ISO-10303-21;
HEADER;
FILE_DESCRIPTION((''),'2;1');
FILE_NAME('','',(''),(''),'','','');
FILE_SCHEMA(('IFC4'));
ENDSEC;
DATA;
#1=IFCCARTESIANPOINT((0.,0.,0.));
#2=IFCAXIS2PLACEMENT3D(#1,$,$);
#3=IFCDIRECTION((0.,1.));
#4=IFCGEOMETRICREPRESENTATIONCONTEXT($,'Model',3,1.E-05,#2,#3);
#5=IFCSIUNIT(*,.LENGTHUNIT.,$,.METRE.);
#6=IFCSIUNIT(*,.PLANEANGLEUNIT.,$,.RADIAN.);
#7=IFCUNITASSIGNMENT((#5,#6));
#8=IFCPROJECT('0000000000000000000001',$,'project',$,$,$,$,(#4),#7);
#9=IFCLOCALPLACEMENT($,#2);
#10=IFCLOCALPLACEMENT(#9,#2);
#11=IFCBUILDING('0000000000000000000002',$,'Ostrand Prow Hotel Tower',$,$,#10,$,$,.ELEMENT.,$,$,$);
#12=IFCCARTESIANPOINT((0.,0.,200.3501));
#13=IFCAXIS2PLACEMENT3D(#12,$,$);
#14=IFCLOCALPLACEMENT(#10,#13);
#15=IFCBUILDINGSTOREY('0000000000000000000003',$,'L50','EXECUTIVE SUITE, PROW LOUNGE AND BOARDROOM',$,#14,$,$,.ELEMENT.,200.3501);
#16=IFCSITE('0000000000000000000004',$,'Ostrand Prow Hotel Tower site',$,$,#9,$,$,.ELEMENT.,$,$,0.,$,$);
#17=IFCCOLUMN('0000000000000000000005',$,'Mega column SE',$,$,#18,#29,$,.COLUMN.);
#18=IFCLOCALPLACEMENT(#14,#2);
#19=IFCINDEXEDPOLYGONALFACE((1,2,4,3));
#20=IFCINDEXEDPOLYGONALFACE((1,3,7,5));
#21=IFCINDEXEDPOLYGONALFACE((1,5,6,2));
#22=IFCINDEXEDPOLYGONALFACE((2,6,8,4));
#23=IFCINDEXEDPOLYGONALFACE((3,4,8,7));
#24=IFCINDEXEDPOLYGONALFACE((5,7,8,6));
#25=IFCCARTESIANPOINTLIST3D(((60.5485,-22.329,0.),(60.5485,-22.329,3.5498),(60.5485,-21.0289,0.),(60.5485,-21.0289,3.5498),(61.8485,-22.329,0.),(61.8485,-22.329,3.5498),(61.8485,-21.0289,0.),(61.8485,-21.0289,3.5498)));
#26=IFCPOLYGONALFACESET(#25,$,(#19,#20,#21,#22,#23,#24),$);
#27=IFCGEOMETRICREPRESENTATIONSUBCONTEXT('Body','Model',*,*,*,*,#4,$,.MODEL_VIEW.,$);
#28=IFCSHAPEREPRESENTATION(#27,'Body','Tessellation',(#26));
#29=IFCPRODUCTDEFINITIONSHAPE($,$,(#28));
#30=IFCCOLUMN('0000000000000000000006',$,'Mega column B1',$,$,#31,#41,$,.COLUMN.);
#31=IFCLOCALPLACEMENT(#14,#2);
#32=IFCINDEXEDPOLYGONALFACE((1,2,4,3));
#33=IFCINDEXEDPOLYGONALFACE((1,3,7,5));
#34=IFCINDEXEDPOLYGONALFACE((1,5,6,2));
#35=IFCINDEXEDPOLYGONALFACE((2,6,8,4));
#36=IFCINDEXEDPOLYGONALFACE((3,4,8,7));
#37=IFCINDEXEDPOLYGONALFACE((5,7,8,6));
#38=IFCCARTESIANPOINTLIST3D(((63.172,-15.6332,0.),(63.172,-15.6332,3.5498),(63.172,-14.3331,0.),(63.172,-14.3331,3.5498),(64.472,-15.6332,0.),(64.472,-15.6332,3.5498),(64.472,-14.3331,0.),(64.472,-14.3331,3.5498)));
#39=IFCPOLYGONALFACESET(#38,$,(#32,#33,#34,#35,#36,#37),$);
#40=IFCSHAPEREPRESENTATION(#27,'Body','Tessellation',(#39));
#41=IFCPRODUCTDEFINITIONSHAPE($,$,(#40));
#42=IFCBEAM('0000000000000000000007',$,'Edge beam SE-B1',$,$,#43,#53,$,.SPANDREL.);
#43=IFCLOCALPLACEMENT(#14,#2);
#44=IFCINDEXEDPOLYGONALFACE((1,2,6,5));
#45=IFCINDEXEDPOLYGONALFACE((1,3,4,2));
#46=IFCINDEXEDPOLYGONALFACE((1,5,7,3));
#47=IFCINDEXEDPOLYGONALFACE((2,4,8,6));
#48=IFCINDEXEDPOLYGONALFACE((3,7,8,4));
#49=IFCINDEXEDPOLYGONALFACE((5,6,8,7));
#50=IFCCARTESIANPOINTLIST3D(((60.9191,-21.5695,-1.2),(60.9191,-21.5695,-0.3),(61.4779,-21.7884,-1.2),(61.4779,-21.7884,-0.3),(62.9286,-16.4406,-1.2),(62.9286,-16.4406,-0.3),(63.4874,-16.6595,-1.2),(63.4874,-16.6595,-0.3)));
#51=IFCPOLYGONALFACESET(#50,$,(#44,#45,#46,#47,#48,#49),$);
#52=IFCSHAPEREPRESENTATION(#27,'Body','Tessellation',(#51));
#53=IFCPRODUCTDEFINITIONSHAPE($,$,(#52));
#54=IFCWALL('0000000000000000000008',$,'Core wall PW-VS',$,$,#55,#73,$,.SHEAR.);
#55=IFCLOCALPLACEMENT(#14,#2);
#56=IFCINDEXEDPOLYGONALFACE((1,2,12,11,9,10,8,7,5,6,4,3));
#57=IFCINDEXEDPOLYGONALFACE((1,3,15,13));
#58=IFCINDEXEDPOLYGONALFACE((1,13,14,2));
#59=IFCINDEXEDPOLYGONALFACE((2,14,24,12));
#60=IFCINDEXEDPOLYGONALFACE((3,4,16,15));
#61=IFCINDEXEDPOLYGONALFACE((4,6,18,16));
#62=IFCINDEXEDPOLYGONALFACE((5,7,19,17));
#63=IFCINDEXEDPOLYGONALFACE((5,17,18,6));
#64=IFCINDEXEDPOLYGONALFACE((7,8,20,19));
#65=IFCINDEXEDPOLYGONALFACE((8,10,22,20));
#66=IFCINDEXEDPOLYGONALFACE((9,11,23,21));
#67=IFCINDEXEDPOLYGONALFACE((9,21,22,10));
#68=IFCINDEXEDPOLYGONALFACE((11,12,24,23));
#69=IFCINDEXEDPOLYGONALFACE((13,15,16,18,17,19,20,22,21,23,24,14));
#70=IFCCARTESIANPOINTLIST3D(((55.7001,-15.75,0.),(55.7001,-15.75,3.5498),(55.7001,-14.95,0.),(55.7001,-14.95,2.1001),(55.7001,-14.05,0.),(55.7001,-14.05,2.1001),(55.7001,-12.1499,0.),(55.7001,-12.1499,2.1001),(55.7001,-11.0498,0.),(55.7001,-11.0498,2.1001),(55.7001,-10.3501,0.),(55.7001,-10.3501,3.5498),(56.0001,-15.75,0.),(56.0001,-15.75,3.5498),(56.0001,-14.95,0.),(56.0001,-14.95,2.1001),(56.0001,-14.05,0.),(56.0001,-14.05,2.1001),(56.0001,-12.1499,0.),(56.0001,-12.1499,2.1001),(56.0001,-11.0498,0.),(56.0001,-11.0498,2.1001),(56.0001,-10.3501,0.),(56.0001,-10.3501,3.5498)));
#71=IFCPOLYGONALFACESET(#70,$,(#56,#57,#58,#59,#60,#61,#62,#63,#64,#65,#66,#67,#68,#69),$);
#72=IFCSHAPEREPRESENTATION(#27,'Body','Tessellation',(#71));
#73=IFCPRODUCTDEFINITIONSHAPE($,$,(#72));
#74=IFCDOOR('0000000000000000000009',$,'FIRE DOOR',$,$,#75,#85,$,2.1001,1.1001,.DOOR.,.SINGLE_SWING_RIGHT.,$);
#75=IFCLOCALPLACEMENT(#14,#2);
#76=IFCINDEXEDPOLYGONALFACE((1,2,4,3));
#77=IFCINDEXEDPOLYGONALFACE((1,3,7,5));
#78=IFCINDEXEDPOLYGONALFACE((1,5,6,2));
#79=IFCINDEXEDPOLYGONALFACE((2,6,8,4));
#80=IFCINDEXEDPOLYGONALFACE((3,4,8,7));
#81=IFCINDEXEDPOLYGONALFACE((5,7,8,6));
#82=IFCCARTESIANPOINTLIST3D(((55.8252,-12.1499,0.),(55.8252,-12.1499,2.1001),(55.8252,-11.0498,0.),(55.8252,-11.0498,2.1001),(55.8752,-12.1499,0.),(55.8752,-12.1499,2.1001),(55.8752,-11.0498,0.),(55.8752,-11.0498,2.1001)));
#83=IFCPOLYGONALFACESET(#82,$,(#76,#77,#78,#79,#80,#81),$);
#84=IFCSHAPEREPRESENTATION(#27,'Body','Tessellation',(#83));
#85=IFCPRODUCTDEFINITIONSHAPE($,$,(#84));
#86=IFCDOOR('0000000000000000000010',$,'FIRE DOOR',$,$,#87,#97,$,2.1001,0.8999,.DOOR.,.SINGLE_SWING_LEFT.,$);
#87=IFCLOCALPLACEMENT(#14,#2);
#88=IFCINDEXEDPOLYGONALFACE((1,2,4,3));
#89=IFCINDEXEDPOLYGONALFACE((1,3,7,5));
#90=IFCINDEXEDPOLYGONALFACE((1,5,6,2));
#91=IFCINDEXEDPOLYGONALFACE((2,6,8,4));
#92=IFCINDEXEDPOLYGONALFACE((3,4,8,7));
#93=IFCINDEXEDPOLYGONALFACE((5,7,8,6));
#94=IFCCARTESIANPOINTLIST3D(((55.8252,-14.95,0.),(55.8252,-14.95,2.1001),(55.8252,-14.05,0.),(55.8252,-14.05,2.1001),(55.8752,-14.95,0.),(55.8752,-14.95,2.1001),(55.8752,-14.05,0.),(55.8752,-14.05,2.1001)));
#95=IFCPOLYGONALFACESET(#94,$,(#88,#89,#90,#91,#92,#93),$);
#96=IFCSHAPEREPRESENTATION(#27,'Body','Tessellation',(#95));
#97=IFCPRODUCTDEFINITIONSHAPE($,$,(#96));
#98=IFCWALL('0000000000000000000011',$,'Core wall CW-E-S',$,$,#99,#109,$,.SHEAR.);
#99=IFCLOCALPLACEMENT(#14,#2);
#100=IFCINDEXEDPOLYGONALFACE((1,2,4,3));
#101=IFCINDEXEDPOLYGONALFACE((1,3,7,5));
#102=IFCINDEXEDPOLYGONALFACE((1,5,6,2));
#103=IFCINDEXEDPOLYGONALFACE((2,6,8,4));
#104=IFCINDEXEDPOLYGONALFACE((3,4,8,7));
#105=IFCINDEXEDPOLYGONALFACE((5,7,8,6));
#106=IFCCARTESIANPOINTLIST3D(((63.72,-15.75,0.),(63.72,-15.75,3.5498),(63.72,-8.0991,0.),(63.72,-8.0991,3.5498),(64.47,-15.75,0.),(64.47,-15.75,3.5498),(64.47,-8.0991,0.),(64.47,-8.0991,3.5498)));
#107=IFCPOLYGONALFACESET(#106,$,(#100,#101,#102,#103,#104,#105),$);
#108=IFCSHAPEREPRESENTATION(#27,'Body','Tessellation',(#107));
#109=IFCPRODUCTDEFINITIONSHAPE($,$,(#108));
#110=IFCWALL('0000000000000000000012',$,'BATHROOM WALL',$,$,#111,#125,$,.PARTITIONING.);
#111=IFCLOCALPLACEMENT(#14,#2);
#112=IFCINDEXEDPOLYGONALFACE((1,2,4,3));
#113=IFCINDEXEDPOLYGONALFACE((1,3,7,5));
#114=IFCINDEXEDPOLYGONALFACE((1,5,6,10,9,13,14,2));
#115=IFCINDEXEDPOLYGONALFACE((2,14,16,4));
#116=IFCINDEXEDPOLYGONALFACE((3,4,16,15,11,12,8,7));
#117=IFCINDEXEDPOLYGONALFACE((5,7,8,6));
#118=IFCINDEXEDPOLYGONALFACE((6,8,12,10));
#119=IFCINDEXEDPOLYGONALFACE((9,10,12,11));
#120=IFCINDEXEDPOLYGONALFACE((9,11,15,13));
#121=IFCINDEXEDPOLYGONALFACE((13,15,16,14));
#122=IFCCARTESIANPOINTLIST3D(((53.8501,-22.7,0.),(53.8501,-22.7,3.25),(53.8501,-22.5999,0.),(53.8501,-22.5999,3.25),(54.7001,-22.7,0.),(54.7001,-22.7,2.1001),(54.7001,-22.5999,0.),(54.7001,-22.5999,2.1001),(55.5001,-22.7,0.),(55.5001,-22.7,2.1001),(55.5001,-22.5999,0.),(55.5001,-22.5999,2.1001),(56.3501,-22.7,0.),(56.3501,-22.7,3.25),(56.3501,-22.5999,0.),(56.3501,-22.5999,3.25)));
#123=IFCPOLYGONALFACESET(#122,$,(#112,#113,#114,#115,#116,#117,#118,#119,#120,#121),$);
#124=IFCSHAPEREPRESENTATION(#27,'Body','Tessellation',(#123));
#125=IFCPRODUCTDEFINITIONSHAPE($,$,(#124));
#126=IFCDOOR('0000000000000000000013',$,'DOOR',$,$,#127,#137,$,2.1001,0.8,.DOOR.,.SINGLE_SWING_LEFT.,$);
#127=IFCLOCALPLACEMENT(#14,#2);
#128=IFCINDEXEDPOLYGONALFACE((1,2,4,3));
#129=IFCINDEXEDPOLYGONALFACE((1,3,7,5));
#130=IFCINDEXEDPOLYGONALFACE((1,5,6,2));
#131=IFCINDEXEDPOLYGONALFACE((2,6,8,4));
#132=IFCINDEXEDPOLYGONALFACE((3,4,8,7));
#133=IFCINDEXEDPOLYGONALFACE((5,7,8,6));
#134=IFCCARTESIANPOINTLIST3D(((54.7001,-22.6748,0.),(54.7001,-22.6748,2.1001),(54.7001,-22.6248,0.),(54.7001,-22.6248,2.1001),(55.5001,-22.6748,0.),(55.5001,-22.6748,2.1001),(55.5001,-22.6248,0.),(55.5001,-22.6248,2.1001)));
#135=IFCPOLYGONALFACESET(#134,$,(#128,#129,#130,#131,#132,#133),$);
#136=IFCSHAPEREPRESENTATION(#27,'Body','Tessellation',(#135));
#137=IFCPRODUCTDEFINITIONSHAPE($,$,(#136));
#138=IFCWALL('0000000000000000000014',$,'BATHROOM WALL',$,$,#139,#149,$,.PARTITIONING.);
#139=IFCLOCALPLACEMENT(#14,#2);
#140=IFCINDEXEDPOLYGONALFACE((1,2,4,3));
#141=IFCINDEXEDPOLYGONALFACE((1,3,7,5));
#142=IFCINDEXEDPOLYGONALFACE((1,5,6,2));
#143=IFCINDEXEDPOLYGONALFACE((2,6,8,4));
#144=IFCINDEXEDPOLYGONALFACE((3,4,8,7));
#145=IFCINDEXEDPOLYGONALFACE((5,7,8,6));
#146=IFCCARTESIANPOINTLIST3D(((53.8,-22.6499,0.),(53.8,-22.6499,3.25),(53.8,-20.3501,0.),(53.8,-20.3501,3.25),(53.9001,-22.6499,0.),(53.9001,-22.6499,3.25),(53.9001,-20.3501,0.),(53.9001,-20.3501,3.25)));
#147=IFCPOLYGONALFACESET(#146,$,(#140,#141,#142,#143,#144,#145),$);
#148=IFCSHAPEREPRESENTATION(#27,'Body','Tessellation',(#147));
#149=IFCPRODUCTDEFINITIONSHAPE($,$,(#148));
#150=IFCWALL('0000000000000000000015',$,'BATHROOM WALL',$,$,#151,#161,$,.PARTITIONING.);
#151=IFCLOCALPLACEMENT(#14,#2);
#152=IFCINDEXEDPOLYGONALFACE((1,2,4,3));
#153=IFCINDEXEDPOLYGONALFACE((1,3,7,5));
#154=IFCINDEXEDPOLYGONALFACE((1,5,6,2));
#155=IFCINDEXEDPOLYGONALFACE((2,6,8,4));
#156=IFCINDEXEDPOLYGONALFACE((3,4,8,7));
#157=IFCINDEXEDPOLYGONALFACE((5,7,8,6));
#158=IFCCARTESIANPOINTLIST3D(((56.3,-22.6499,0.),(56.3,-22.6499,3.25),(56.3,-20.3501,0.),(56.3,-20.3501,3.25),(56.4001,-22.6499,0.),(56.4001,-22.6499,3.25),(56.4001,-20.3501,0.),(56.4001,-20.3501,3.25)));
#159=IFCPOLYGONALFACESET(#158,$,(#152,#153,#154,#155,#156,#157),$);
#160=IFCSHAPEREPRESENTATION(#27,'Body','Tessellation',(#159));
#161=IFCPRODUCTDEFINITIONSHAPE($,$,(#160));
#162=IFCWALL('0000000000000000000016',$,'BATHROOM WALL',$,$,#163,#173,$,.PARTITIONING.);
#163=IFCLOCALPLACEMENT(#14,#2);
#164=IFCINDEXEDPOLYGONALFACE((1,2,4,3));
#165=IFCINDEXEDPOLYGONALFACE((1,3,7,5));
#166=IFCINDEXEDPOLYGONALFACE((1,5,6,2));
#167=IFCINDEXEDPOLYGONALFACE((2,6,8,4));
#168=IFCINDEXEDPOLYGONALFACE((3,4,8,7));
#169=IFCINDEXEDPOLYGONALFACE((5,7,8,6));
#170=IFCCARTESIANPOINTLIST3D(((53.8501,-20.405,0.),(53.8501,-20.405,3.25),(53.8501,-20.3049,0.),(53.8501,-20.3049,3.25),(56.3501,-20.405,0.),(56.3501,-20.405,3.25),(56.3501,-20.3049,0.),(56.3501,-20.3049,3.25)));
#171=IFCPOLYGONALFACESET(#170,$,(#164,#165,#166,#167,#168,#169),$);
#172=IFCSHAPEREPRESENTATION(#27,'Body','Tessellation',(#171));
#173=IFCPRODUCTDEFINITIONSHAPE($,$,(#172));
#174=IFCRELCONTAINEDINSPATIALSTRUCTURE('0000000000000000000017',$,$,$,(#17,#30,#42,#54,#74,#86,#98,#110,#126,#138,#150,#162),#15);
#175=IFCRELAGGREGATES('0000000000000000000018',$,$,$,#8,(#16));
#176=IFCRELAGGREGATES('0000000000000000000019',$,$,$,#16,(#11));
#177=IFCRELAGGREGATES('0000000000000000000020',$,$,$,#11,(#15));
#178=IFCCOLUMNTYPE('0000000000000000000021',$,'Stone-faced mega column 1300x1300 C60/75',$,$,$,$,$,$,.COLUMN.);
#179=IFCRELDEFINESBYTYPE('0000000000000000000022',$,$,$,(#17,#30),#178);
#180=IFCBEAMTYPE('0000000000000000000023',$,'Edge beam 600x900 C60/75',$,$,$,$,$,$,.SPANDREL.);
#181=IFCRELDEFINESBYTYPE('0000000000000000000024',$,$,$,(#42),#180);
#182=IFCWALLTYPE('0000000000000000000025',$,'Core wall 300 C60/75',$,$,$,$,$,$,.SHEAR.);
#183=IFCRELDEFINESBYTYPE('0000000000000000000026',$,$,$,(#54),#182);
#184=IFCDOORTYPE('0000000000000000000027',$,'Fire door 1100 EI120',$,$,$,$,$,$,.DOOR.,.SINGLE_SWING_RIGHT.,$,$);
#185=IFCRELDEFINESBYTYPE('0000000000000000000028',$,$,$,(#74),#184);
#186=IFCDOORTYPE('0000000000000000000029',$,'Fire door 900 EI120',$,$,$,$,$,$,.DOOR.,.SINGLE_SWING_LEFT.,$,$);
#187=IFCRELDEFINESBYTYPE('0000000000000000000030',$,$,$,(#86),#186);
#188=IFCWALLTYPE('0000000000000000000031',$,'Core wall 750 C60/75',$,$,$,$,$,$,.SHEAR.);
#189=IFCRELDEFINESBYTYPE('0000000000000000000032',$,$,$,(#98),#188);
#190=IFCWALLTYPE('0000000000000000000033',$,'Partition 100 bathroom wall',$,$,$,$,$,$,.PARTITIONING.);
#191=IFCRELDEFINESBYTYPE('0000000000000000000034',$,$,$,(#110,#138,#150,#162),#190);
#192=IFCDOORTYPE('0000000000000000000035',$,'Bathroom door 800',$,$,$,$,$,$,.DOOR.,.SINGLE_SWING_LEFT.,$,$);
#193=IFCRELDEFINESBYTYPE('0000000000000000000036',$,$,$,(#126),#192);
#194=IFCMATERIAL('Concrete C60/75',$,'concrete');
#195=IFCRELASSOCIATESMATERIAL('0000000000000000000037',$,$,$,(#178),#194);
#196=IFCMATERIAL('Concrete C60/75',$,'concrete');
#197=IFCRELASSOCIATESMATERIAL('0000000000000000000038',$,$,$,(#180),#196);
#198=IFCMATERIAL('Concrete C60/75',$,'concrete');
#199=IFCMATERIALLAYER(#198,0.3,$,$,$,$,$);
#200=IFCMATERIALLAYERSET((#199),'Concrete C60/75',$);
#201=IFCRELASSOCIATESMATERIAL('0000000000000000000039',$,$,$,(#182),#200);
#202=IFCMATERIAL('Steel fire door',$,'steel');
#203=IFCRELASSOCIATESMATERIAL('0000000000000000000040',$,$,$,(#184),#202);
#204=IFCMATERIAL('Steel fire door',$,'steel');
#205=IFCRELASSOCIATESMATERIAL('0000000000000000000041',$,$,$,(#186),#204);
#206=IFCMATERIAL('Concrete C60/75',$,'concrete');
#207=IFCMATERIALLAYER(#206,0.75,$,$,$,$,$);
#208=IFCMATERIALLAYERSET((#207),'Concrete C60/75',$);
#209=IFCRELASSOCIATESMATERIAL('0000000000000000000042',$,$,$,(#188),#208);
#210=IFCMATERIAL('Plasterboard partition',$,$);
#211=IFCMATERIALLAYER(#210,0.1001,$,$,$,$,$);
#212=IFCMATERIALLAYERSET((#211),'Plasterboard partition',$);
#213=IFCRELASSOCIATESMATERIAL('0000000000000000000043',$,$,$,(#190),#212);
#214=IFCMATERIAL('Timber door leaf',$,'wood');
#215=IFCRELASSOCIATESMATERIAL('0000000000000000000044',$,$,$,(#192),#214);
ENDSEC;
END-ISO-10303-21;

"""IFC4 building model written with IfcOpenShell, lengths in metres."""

from ifc_helpers import new_model, si_unit, direction, frame, frame_2d, origin, origin_2d, place, context, subcontext, project, spatial, rectangle, extrude, material, layer, layer_set, material_profile, profile_set, type_object, element, fill, save


model = new_model("IFC4")

# Units and contexts
model_context = context("Model", 3, precision=1e-05, world=origin(), true_north=direction((0.0, 1.0)))
body_context = subcontext(model_context, "Body", "Model", "MODEL_VIEW")
ifc_project = project(units=[si_unit("LENGTHUNIT", "METRE"), si_unit("PLANEANGLEUNIT", "RADIAN")], contexts=[model_context])

# Site, building, storey
site_placement = place(None, origin())
site = spatial("IfcSite", under=ifc_project, at=site_placement, Name="Ostrand Prow Hotel Tower site", CompositionType="ELEMENT", RefElevation=0.0)
building_placement = place(site_placement, origin())
building = spatial("IfcBuilding", under=site, at=building_placement, Name="Ostrand Prow Hotel Tower", CompositionType="ELEMENT")
storey_placement = place(building_placement, frame((0.0, 0.0, 200.3501)))
storey = spatial("IfcBuildingStorey", under=building, at=storey_placement, Name="L50", Description="EXECUTIVE SUITE, PROW LOUNGE AND BOARDROOM", CompositionType="ELEMENT", Elevation=200.3501)

# Columns
ifc_material_1 = material(Name="Concrete C60/75", Category="concrete")
ifc_material_profile_1 = material_profile(ifc_material_1, rectangle(XDim=1.3, YDim=1.3, at=origin_2d()), Name="RC 1300x1300")
ifc_profile_set_1 = profile_set([ifc_material_profile_1], Name="Concrete C60/75")
column_type = type_object("IfcColumnType", Name="Stone-faced mega column 1300x1300 C60/75", PredefinedType="COLUMN", material=ifc_profile_set_1)
for number, where, z_axis, x_axis, name in (
    (1, (61.1985, -21.679, 0.0), (0.0, 0.0, 1.0), (1.0, 0.0, 0.0), "Mega column SE"),
    (2, (63.822, -14.9832, 0.0), (0.0, 0.0, 1.0), (1.0, 0.0, 0.0), "Mega column B1"),
):
    element("IfcColumn", number, at=place(storey_placement, frame(where, z_axis=z_axis, x_axis=x_axis)), inside=storey, type_object=column_type, Name=name, PredefinedType="COLUMN", context=body_context, shape_type="SweptSolid", body=[
        extrude(rectangle(XDim=1.3, YDim=1.3, at=origin_2d()), origin(), (0.0, 0.0, 1.0), 3.5498),
    ])

# Beam
ifc_material_2 = material(Name="Concrete C60/75", Category="concrete")
ifc_material_profile_2 = material_profile(ifc_material_2, rectangle(XDim=0.6001, YDim=0.8999, at=origin_2d()), Name="RC 600x900")
ifc_profile_set_2 = profile_set([ifc_material_profile_2], Name="Concrete C60/75")
beam_type = type_object("IfcBeamType", Name="Edge beam 600x900 C60/75", PredefinedType="SPANDREL", material=ifc_profile_set_2)
beam_placement = place(storey_placement, frame((61.1985, -21.679, -0.75), z_axis=(0.364802, 0.931085, 0.0), x_axis=(-0.931085, 0.364802, 0.0)))
element("IfcBeam", 3, at=beam_placement, inside=storey, type_object=beam_type, Name="Edge beam SE-B1", PredefinedType="SPANDREL", context=body_context, shape_type="SweptSolid", body=[
    extrude(rectangle(XDim=0.6001, YDim=0.8999, at=origin_2d()), origin(), (0.0, 0.0, 1.0), 5.5085),
])

# Wall, openings, doors
ifc_material_3 = material(Name="Concrete C60/75", Category="concrete")
ifc_layer_1 = layer(ifc_material_3, 0.3)
ifc_layer_set_1 = layer_set([ifc_layer_1], Name="Concrete C60/75")
wall_type_1 = type_object("IfcWallType", Name="Core wall 300 C60/75", PredefinedType="SHEAR", material=ifc_layer_set_1)
wall_1_placement = place(storey_placement, frame((55.8501, -15.75, 0.0), z_axis=(0.0, 0.0, 1.0), x_axis=(0.0, 1.0, 0.0)))
wall_1 = element("IfcWall", 4, at=wall_1_placement, inside=storey, type_object=wall_type_1, Name="Core wall PW-VS", PredefinedType="SHEAR", context=body_context, shape_type="SweptSolid", body=[
    extrude(rectangle(XDim=5.3999, YDim=0.3, at=frame_2d((2.7, 0.0))), origin(), (0.0, 0.0, 1.0), 3.5498),
])
opening_1_placement = place(wall_1_placement, frame((3.6001, 0.0, 0.0)))
opening_1 = element("IfcOpeningElement", 5, at=opening_1_placement, cuts=wall_1, PredefinedType="OPENING", context=body_context, shape_type="SweptSolid", body=[
    extrude(rectangle(XDim=1.1001, YDim=2.1001, at=frame_2d((0.55, 1.05))), frame((0.0, 0.1599, 0.0), z_axis=(0.0, -1.0, 0.0), x_axis=(1.0, 0.0, 0.0)), (0.0, 0.0, 1.0), 0.3201),
])
opening_2_placement = place(wall_1_placement, frame((0.8, 0.0, 0.0)))
opening_2 = element("IfcOpeningElement", 6, at=opening_2_placement, cuts=wall_1, PredefinedType="OPENING", context=body_context, shape_type="SweptSolid", body=[
    extrude(rectangle(XDim=0.8999, YDim=2.1001, at=frame_2d((0.45, 1.05))), frame((0.0, 0.1599, 0.0), z_axis=(0.0, -1.0, 0.0), x_axis=(1.0, 0.0, 0.0)), (0.0, 0.0, 1.0), 0.3201),
])
ifc_material_4 = material(Name="Steel fire door", Category="steel")
door_type_1 = type_object("IfcDoorType", Name="Fire door 1100 EI120", OperationType="SINGLE_SWING_RIGHT", PredefinedType="DOOR", material=ifc_material_4)
door_1_placement = place(opening_1_placement, origin())
door_1 = element("IfcDoor", 7, at=door_1_placement, inside=storey, type_object=door_type_1, Name="FIRE DOOR", OperationType="SINGLE_SWING_RIGHT", OverallHeight=2.1001, OverallWidth=1.1001, PredefinedType="DOOR", context=body_context, shape_type="SweptSolid", body=[
    extrude(rectangle(XDim=1.1001, YDim=2.1001, at=frame_2d((0.55, 1.05))), frame((0.0, 0.0249, 0.0), z_axis=(0.0, -1.0, 0.0), x_axis=(1.0, 0.0, 0.0)), (0.0, 0.0, 1.0), 0.05),
])
fill(opening_1, door_1)
ifc_material_5 = material(Name="Steel fire door", Category="steel")
door_type_2 = type_object("IfcDoorType", Name="Fire door 900 EI120", OperationType="SINGLE_SWING_LEFT", PredefinedType="DOOR", material=ifc_material_5)
door_2_placement = place(opening_2_placement, origin())
door_2 = element("IfcDoor", 8, at=door_2_placement, inside=storey, type_object=door_type_2, Name="FIRE DOOR", OperationType="SINGLE_SWING_LEFT", OverallHeight=2.1001, OverallWidth=0.8999, PredefinedType="DOOR", context=body_context, shape_type="SweptSolid", body=[
    extrude(rectangle(XDim=0.8999, YDim=2.1001, at=frame_2d((0.45, 1.05))), frame((0.0, 0.0249, 0.0), z_axis=(0.0, -1.0, 0.0), x_axis=(1.0, 0.0, 0.0)), (0.0, 0.0, 1.0), 0.05),
])
fill(opening_2, door_2)

# Wall
ifc_material_6 = material(Name="Concrete C60/75", Category="concrete")
ifc_layer_2 = layer(ifc_material_6, 0.75)
ifc_layer_set_2 = layer_set([ifc_layer_2], Name="Concrete C60/75")
wall_type_2 = type_object("IfcWallType", Name="Core wall 750 C60/75", PredefinedType="SHEAR", material=ifc_layer_set_2)
wall_2_placement = place(storey_placement, frame((64.095, -15.75, 0.0), z_axis=(0.0, 0.0, 1.0), x_axis=(0.0, 1.0, 0.0)))
element("IfcWall", 9, at=wall_2_placement, inside=storey, type_object=wall_type_2, Name="Core wall CW-E-S", PredefinedType="SHEAR", context=body_context, shape_type="SweptSolid", body=[
    extrude(rectangle(XDim=7.6509, YDim=0.75, at=frame_2d((3.8254, 0.0))), origin(), (0.0, 0.0, 1.0), 3.5498),
])

# Wall, opening, door
ifc_material_7 = material(Name="Plasterboard partition")
ifc_layer_3 = layer(ifc_material_7, 0.1001)
ifc_layer_set_3 = layer_set([ifc_layer_3], Name="Plasterboard partition")
wall_type_3 = type_object("IfcWallType", Name="Partition 100 bathroom wall", PredefinedType="PARTITIONING", material=ifc_layer_set_3)
wall_3_placement = place(storey_placement, frame((56.3501, -22.6499, 0.0), z_axis=(0.0, 0.0, 1.0), x_axis=(-1.0, 0.0, 0.0)))
wall_3 = element("IfcWall", 10, at=wall_3_placement, inside=storey, type_object=wall_type_3, Name="BATHROOM WALL", PredefinedType="PARTITIONING", context=body_context, shape_type="SweptSolid", body=[
    extrude(rectangle(XDim=2.5, YDim=0.1001, at=frame_2d((1.25, 0.0))), origin(), (0.0, 0.0, 1.0), 3.25),
])
opening_3_placement = place(wall_3_placement, frame((0.8501, 0.0, 0.0)))
opening_3 = element("IfcOpeningElement", 11, at=opening_3_placement, cuts=wall_3, PredefinedType="OPENING", context=body_context, shape_type="SweptSolid", body=[
    extrude(rectangle(XDim=0.8, YDim=2.1001, at=frame_2d((0.3999, 1.05))), frame((0.0, 0.0601, 0.0), z_axis=(0.0, -1.0, 0.0), x_axis=(1.0, 0.0, 0.0)), (0.0, 0.0, 1.0), 0.1201),
])
ifc_material_8 = material(Name="Timber door leaf", Category="wood")
door_type_3 = type_object("IfcDoorType", Name="Bathroom door 800", OperationType="SINGLE_SWING_LEFT", PredefinedType="DOOR", material=ifc_material_8)
door_3_placement = place(opening_3_placement, origin())
door_3 = element("IfcDoor", 12, at=door_3_placement, inside=storey, type_object=door_type_3, Name="DOOR", OperationType="SINGLE_SWING_LEFT", OverallHeight=2.1001, OverallWidth=0.8, PredefinedType="DOOR", context=body_context, shape_type="SweptSolid", body=[
    extrude(rectangle(XDim=0.8, YDim=2.1001, at=frame_2d((0.3999, 1.05))), frame((0.0, 0.0249, 0.0), z_axis=(0.0, -1.0, 0.0), x_axis=(1.0, 0.0, 0.0)), (0.0, 0.0, 1.0), 0.05),
])
fill(opening_3, door_3)

# Walls
for number, where, z_axis, x_axis, name in (
    (13, (53.8501, -22.6499, 0.0), (0.0, 0.0, 1.0), (0.0, 1.0, 0.0), "BATHROOM WALL"),
    (14, (56.3501, -20.3501, 0.0), (0.0, 0.0, 1.0), (0.0, -1.0, 0.0), "BATHROOM WALL"),
):
    element("IfcWall", number, at=place(storey_placement, frame(where, z_axis=z_axis, x_axis=x_axis)), inside=storey, type_object=wall_type_3, Name=name, PredefinedType="PARTITIONING", context=body_context, shape_type="SweptSolid", body=[
        extrude(rectangle(XDim=2.2998, YDim=0.1001, at=frame_2d((1.1499, 0.0))), origin(), (0.0, 0.0, 1.0), 3.25),
    ])
wall_4_placement = place(storey_placement, frame((53.8501, -20.355, 0.0), z_axis=(0.0, 0.0, 1.0), x_axis=(1.0, 0.0, 0.0)))
element("IfcWall", 15, at=wall_4_placement, inside=storey, type_object=wall_type_3, Name="BATHROOM WALL", PredefinedType="PARTITIONING", context=body_context, shape_type="SweptSolid", body=[
    extrude(rectangle(XDim=2.5, YDim=0.1001, at=frame_2d((1.25, 0.0))), origin(), (0.0, 0.0, 1.0), 3.25),
])

save(model, "model.ifc")
